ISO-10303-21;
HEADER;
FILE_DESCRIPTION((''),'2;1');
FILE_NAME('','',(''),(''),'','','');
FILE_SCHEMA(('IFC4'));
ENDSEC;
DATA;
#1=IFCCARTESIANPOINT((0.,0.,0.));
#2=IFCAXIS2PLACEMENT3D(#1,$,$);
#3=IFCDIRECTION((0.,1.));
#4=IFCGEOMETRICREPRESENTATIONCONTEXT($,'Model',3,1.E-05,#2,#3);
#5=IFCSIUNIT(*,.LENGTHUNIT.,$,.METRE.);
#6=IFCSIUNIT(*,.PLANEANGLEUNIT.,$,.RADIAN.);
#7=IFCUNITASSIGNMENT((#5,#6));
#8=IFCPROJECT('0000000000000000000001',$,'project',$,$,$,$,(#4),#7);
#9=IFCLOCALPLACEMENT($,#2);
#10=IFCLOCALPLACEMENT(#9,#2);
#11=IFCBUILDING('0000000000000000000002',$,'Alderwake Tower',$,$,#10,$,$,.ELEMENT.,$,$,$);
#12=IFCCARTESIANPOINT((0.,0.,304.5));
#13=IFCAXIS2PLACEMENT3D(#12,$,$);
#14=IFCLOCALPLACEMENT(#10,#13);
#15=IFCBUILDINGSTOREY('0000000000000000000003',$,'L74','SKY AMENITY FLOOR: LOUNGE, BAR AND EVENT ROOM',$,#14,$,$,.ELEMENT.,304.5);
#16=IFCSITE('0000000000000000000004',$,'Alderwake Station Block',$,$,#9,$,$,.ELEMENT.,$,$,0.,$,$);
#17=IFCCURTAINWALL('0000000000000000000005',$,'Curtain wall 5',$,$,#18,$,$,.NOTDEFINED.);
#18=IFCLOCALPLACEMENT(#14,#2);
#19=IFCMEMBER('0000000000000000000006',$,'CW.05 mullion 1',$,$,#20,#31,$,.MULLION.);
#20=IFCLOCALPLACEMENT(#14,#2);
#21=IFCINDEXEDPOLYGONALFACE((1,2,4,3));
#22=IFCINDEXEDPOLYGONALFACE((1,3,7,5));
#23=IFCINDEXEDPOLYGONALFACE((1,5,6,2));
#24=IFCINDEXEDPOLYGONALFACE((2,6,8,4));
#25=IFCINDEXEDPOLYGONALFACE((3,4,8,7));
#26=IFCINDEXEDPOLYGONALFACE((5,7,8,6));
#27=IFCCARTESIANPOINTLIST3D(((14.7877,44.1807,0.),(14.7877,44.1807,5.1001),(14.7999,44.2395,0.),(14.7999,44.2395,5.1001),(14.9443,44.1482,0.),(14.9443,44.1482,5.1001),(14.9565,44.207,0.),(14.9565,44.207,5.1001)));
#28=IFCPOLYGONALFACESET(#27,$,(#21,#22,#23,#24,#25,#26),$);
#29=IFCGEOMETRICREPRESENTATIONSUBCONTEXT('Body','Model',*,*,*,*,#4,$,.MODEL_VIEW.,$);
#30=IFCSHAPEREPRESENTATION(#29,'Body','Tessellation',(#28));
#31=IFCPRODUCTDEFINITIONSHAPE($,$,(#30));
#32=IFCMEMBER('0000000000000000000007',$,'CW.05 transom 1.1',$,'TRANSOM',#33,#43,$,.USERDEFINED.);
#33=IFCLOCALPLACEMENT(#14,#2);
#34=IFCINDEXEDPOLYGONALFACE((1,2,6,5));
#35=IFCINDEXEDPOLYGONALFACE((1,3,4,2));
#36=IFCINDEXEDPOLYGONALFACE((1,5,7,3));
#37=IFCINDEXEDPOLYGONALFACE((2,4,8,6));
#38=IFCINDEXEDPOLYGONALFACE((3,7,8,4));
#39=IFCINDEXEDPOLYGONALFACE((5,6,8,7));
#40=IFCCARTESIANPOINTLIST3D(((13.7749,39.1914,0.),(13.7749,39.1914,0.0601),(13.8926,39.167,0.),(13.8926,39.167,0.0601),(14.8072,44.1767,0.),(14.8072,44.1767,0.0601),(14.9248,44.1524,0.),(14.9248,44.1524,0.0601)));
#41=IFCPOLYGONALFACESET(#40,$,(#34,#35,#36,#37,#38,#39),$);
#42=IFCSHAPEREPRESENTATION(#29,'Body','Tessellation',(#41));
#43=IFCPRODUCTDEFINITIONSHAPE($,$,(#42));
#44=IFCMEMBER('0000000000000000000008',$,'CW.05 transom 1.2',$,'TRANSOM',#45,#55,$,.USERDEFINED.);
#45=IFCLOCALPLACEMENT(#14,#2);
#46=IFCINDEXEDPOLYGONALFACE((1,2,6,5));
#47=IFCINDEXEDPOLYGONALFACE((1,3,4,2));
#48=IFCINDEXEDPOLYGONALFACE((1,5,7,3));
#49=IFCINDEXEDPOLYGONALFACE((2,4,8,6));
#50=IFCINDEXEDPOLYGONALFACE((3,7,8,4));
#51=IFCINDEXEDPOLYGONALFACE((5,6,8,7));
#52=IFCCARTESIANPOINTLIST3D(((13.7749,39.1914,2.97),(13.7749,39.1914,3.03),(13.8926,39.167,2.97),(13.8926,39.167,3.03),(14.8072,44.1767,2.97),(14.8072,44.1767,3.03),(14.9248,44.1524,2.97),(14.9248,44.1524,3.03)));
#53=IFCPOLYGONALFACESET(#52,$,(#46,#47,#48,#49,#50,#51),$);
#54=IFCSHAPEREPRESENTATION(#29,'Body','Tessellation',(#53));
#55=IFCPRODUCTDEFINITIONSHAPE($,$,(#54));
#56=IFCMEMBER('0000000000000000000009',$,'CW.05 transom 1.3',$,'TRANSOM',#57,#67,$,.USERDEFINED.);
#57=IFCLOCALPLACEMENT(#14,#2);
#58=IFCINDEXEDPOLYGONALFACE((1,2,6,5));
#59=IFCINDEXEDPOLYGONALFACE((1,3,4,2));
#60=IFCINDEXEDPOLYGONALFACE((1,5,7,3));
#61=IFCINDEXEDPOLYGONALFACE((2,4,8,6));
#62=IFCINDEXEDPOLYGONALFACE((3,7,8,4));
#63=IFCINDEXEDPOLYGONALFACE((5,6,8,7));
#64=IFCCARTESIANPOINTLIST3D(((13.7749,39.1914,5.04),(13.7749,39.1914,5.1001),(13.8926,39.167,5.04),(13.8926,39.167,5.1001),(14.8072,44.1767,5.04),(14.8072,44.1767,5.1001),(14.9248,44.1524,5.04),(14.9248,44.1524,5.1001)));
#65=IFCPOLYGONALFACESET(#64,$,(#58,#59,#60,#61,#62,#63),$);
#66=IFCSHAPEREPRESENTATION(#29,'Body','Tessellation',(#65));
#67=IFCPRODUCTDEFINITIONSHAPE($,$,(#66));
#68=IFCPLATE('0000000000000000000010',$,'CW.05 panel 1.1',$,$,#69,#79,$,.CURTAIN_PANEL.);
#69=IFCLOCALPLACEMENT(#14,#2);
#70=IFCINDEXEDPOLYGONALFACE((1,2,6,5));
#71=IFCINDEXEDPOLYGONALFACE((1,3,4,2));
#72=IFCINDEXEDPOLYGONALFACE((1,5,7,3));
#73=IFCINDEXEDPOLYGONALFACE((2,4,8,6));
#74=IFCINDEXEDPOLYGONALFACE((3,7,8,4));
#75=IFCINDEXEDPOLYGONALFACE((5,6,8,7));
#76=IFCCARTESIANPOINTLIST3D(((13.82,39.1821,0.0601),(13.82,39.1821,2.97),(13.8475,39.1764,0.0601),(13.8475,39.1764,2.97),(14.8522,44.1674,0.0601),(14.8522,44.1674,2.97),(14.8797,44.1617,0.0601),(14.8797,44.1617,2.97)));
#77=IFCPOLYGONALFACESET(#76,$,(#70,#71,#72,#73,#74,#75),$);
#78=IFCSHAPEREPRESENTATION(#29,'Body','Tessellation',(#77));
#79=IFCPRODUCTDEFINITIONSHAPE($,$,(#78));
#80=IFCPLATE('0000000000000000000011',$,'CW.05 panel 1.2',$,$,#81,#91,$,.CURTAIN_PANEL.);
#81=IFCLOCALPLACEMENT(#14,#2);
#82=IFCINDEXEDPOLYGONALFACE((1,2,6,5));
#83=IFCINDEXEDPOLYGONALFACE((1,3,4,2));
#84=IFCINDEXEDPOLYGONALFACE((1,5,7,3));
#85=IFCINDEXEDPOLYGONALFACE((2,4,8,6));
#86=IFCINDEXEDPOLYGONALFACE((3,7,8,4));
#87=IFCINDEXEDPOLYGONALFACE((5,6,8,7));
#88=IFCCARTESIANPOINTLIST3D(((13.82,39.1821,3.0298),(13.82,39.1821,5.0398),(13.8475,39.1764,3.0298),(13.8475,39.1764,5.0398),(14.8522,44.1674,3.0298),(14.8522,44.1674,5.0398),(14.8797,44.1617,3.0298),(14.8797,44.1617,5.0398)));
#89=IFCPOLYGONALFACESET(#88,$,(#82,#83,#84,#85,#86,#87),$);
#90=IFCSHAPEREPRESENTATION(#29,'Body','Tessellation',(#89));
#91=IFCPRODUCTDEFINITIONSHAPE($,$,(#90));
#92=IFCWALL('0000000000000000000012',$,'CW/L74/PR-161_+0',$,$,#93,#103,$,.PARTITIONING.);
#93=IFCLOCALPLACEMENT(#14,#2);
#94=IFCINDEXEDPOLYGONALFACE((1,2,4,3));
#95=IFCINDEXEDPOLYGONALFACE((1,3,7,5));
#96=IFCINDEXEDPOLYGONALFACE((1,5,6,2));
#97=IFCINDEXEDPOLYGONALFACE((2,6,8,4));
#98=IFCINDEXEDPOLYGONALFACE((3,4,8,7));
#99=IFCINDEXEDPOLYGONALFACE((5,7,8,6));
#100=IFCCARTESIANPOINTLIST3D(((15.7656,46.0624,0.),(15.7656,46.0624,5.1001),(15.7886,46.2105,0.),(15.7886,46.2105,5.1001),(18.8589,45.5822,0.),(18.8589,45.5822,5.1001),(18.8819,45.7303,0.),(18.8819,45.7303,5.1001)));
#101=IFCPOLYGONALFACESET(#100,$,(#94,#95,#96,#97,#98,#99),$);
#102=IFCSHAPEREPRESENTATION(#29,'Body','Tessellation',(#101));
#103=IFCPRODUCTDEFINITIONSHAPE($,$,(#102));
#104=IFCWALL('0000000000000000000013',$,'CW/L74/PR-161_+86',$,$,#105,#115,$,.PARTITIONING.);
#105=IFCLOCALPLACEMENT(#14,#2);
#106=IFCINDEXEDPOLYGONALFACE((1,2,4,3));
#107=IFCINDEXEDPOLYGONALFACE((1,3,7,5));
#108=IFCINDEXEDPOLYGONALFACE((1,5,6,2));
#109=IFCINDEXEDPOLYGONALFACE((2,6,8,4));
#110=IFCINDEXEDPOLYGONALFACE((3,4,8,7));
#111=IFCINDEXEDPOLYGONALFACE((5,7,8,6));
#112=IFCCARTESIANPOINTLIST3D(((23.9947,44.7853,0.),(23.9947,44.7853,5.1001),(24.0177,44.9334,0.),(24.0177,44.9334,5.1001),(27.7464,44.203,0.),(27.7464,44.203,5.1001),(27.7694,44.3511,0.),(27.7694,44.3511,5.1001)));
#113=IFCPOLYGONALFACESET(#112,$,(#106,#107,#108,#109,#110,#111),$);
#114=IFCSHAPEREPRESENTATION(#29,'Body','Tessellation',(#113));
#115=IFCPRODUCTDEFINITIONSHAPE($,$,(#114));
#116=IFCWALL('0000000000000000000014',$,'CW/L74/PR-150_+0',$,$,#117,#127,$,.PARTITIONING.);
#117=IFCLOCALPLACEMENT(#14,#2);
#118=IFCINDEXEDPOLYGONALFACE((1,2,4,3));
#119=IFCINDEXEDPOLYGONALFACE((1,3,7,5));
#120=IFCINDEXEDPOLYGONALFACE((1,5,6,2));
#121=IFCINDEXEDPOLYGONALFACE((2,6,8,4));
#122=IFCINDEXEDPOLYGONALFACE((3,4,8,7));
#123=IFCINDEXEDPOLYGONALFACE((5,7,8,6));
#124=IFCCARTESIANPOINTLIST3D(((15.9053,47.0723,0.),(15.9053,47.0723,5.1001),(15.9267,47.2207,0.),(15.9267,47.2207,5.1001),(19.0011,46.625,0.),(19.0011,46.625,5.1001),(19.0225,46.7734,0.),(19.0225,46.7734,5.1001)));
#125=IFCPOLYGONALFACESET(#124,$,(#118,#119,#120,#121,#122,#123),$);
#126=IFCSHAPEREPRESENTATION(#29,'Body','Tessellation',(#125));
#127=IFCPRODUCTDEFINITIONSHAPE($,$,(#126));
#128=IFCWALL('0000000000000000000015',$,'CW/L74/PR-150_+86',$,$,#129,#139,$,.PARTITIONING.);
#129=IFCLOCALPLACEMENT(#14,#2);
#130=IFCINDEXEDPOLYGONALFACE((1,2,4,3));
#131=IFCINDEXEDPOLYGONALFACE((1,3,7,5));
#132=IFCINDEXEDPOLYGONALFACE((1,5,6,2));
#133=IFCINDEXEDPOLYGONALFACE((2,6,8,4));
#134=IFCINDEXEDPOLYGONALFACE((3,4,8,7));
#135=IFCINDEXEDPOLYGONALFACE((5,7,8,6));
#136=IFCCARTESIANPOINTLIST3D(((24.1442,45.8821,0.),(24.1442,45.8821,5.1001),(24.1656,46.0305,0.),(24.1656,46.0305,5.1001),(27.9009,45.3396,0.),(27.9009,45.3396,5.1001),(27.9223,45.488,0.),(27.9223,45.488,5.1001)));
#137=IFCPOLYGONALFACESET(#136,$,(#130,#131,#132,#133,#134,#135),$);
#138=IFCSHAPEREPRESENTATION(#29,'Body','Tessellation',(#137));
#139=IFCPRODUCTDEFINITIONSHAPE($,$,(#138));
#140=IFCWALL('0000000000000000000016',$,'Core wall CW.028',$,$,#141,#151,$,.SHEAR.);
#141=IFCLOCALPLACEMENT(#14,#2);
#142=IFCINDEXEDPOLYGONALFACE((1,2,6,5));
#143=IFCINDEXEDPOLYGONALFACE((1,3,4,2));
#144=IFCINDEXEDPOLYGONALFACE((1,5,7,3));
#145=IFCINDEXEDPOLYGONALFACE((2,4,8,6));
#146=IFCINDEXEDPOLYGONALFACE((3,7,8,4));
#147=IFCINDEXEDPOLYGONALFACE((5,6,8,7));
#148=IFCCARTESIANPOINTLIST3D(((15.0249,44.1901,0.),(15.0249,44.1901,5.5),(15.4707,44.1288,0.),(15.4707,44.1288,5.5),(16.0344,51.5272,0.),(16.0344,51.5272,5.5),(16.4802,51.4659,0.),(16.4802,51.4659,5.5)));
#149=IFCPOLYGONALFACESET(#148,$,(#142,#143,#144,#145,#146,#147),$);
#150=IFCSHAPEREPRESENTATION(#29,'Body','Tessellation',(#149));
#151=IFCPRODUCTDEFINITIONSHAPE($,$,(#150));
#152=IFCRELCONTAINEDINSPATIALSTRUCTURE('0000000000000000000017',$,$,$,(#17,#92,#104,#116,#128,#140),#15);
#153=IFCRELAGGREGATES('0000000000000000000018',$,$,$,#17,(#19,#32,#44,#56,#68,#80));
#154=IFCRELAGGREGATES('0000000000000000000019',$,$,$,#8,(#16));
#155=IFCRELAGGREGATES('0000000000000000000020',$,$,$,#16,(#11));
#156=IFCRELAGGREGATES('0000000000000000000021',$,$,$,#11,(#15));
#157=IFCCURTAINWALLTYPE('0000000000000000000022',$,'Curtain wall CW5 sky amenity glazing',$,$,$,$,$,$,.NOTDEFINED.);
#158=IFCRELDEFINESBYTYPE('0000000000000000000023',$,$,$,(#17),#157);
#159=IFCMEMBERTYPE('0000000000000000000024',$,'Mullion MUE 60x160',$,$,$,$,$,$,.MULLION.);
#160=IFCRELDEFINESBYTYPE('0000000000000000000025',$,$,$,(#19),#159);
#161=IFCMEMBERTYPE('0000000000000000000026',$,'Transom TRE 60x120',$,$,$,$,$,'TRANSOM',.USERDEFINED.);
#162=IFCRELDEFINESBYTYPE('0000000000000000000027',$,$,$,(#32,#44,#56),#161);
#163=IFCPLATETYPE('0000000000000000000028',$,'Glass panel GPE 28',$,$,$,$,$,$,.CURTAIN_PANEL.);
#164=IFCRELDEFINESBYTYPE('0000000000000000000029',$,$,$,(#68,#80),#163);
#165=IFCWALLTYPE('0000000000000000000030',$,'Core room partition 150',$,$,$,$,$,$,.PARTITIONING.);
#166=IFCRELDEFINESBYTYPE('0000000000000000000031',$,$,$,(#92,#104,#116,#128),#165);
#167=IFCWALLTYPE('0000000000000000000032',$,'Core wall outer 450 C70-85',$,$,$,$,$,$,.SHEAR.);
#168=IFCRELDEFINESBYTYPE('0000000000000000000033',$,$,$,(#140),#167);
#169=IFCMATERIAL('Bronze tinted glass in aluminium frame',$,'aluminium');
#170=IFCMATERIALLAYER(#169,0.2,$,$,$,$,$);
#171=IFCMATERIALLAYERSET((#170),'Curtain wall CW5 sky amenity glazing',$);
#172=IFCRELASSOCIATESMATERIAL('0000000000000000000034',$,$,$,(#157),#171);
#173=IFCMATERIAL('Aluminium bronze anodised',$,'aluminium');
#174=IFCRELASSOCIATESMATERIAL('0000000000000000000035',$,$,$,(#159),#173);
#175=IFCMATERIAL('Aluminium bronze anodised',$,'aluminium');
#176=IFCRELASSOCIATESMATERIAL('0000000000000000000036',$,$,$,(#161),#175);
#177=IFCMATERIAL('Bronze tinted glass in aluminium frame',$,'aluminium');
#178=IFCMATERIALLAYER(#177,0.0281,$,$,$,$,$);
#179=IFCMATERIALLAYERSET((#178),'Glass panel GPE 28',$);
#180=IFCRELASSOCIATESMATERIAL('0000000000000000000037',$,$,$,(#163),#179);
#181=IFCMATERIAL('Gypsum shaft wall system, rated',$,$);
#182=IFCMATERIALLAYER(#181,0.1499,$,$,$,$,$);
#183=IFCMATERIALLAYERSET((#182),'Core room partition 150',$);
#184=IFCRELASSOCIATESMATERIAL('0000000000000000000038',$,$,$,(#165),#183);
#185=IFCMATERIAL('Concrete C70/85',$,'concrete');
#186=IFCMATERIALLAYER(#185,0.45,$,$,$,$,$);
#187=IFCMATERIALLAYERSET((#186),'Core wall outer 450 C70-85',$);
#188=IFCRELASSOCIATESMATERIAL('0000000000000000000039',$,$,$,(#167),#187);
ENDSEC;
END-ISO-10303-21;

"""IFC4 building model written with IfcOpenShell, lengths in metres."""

from ifc_helpers import new_model, si_unit, direction, frame, frame_2d, origin, origin_2d, place, context, subcontext, project, spatial, rectangle, extrude, material, layer, layer_set, material_profile, profile_set, type_object, element, aggregate, save


model = new_model("IFC4")

# Units and contexts
model_context = context("Model", 3, precision=1e-05, world=origin(), true_north=direction((0.0, 1.0)))
body_context = subcontext(model_context, "Body", "Model", "MODEL_VIEW")
ifc_project = project(units=[si_unit("LENGTHUNIT", "METRE"), si_unit("PLANEANGLEUNIT", "RADIAN")], contexts=[model_context])

# Site, building, storey
site_placement = place(None, origin())
site = spatial("IfcSite", under=ifc_project, at=site_placement, Name="Alderwake Station Block", CompositionType="ELEMENT", RefElevation=0.0)
building_placement = place(site_placement, origin())
building = spatial("IfcBuilding", under=site, at=building_placement, Name="Alderwake Tower", CompositionType="ELEMENT")
storey_placement = place(building_placement, frame((0.0, 0.0, 304.5)))
storey = spatial("IfcBuildingStorey", under=building, at=storey_placement, Name="L74", Description="SKY AMENITY FLOOR: LOUNGE, BAR AND EVENT ROOM", CompositionType="ELEMENT", Elevation=304.5)

# Curtain wall, members, plates
ifc_material_1 = material(Name="Bronze tinted glass in aluminium frame", Category="aluminium")
ifc_layer_1 = layer(ifc_material_1, 0.2)
ifc_layer_set_1 = layer_set([ifc_layer_1], Name="Curtain wall CW5 sky amenity glazing")
curtain_wall_type = type_object("IfcCurtainWallType", Name="Curtain wall CW5 sky amenity glazing", PredefinedType="NOTDEFINED", material=ifc_layer_set_1)
curtain_wall_placement = place(storey_placement, origin())
curtain_wall = element("IfcCurtainWall", 1, at=curtain_wall_placement, inside=storey, type_object=curtain_wall_type, Name="Curtain wall 5", PredefinedType="NOTDEFINED")
ifc_material_2 = material(Name="Aluminium bronze anodised", Category="aluminium")
ifc_material_profile_1 = material_profile(ifc_material_2, rectangle(XDim=0.1599, YDim=0.0601, at=origin_2d()), Name="Mullion MUE 60x160")
ifc_profile_set_1 = profile_set([ifc_material_profile_1], Name="Aluminium bronze anodised")
member_type_1 = type_object("IfcMemberType", Name="Mullion MUE 60x160", PredefinedType="MULLION", material=ifc_profile_set_1)
member_1_placement = place(storey_placement, frame((14.8721, 44.1938, 0.0), z_axis=(0.0, 0.0, 1.0), x_axis=(0.979229, -0.202758, 0.0)))
member_1 = element("IfcMember", 2, at=member_1_placement, type_object=member_type_1, Name="CW.05 mullion 1", PredefinedType="MULLION", context=body_context, shape_type="SweptSolid", body=[
    extrude(rectangle(XDim=0.1599, YDim=0.0601, at=origin_2d()), origin(), (0.0, 0.0, 1.0), 5.1001),
])
ifc_material_3 = material(Name="Aluminium bronze anodised", Category="aluminium")
ifc_material_profile_2 = material_profile(ifc_material_3, rectangle(XDim=0.1201, YDim=0.0601, at=origin_2d()), Name="Transom TRE 60x120")
ifc_profile_set_2 = profile_set([ifc_material_profile_2], Name="Aluminium bronze anodised")
member_type_2 = type_object("IfcMemberType", Name="Transom TRE 60x120", ElementType="TRANSOM", PredefinedType="USERDEFINED", material=ifc_profile_set_2)
member_2_placement = place(storey_placement, frame((14.866, 44.1646, 0.03), z_axis=(-0.202751, -0.97923, 0.0), x_axis=(0.97923, -0.202751, 0.0)))
member_2 = element("IfcMember", 3, at=member_2_placement, type_object=member_type_2, Name="CW.05 transom 1.1", ObjectType="TRANSOM", PredefinedType="USERDEFINED", context=body_context, shape_type="SweptSolid", body=[
    extrude(rectangle(XDim=0.1201, YDim=0.0601, at=origin_2d()), origin(), (0.0, 0.0, 1.0), 5.0911),
])
member_3_placement = place(storey_placement, frame((14.866, 44.1646, 3.0), z_axis=(-0.202751, -0.97923, 0.0), x_axis=(0.97923, -0.202751, 0.0)))
member_3 = element("IfcMember", 4, at=member_3_placement, type_object=member_type_2, Name="CW.05 transom 1.2", ObjectType="TRANSOM", PredefinedType="USERDEFINED", context=body_context, shape_type="SweptSolid", body=[
    extrude(rectangle(XDim=0.1201, YDim=0.0601, at=origin_2d()), origin(), (0.0, 0.0, 1.0), 5.0911),
])
member_4_placement = place(storey_placement, frame((14.866, 44.1646, 5.0701), z_axis=(-0.202751, -0.97923, 0.0), x_axis=(0.97923, -0.202751, 0.0)))
member_4 = element("IfcMember", 5, at=member_4_placement, type_object=member_type_2, Name="CW.05 transom 1.3", ObjectType="TRANSOM", PredefinedType="USERDEFINED", context=body_context, shape_type="SweptSolid", body=[
    extrude(rectangle(XDim=0.1201, YDim=0.0601, at=origin_2d()), origin(), (0.0, 0.0, 1.0), 5.0911),
])
ifc_material_4 = material(Name="Bronze tinted glass in aluminium frame", Category="aluminium")
ifc_layer_2 = layer(ifc_material_4, 0.0281)
ifc_layer_set_2 = layer_set([ifc_layer_2], Name="Glass panel GPE 28")
plate_type = type_object("IfcPlateType", Name="Glass panel GPE 28", PredefinedType="CURTAIN_PANEL", material=ifc_layer_set_2)
plate_1_placement = place(storey_placement, frame((14.3499, 41.6719, 0.0601), z_axis=(0.0, 0.0, 1.0), x_axis=(-0.202758, -0.979229, 0.0)))
plate_1 = element("IfcPlate", 6, at=plate_1_placement, type_object=plate_type, Name="CW.05 panel 1.1", PredefinedType="CURTAIN_PANEL", context=body_context, shape_type="SweptSolid", body=[
    extrude(rectangle(XDim=5.0911, YDim=0.0281, at=origin_2d()), origin(), (0.0, 0.0, 1.0), 2.9099),
])
plate_2_placement = place(storey_placement, frame((14.3499, 41.6719, 3.0298), z_axis=(0.0, 0.0, 1.0), x_axis=(-0.202758, -0.979229, 0.0)))
plate_2 = element("IfcPlate", 7, at=plate_2_placement, type_object=plate_type, Name="CW.05 panel 1.2", PredefinedType="CURTAIN_PANEL", context=body_context, shape_type="SweptSolid", body=[
    extrude(rectangle(XDim=5.0911, YDim=0.0281, at=origin_2d()), origin(), (0.0, 0.0, 1.0), 2.01),
])
aggregate(curtain_wall, [member_1, member_2, member_3, member_4, plate_1, plate_2])

# Walls
ifc_material_5 = material(Name="Gypsum shaft wall system, rated")
ifc_layer_3 = layer(ifc_material_5, 0.1499)
ifc_layer_set_3 = layer_set([ifc_layer_3], Name="Core room partition 150")
wall_type_1 = type_object("IfcWallType", Name="Core room partition 150", PredefinedType="PARTITIONING", material=ifc_layer_set_3)
wall_1_placement = place(storey_placement, frame((15.7771, 46.1365, 0.0), z_axis=(0.0, 0.0, 1.0), x_axis=(0.988162, -0.153411, 0.0)))
element("IfcWall", 8, at=wall_1_placement, inside=storey, type_object=wall_type_1, Name="CW/L74/PR-161_+0", PredefinedType="PARTITIONING", context=body_context, shape_type="SweptSolid", body=[
    extrude(rectangle(XDim=3.1304, YDim=0.1499, at=frame_2d((1.5652, 0.0))), origin(), (0.0, 0.0, 1.0), 5.1001),
])
wall_2_placement = place(storey_placement, frame((24.0061, 44.8594, 0.0), z_axis=(0.0, 0.0, 1.0), x_axis=(0.988169, -0.153367, 0.0)))
element("IfcWall", 9, at=wall_2_placement, inside=storey, type_object=wall_type_1, Name="CW/L74/PR-161_+86", PredefinedType="PARTITIONING", context=body_context, shape_type="SweptSolid", body=[
    extrude(rectangle(XDim=3.7966, YDim=0.1499, at=frame_2d((1.8984, 0.0))), origin(), (0.0, 0.0, 1.0), 5.1001),
])
wall_3_placement = place(storey_placement, frame((15.916, 47.1465, 0.0), z_axis=(0.0, 0.0, 1.0), x_axis=(0.989723, -0.142995, 0.0)))
element("IfcWall", 10, at=wall_3_placement, inside=storey, type_object=wall_type_1, Name="CW/L74/PR-150_+0", PredefinedType="PARTITIONING", context=body_context, shape_type="SweptSolid", body=[
    extrude(rectangle(XDim=3.1279, YDim=0.1499, at=frame_2d((1.564, 0.0))), origin(), (0.0, 0.0, 1.0), 5.1001),
])
wall_4_placement = place(storey_placement, frame((24.1548, 45.9563, 0.0), z_axis=(0.0, 0.0, 1.0), x_axis=(0.989734, -0.142925, 0.0)))
element("IfcWall", 11, at=wall_4_placement, inside=storey, type_object=wall_type_1, Name="CW/L74/PR-150_+86", PredefinedType="PARTITIONING", context=body_context, shape_type="SweptSolid", body=[
    extrude(rectangle(XDim=3.7957, YDim=0.1499, at=frame_2d((1.8979, 0.0))), origin(), (0.0, 0.0, 1.0), 5.1001),
])
ifc_material_6 = material(Name="Concrete C70/85", Category="concrete")
ifc_layer_4 = layer(ifc_material_6, 0.45)
ifc_layer_set_4 = layer_set([ifc_layer_4], Name="Core wall outer 450 C70-85")
wall_type_2 = type_object("IfcWallType", Name="Core wall outer 450 C70-85", PredefinedType="SHEAR", material=ifc_layer_set_4)
wall_5_placement = place(storey_placement, frame((15.2478, 44.1594, 0.0), z_axis=(0.0, 0.0, 1.0), x_axis=(0.136306, 0.990667, 0.0)))
element("IfcWall", 12, at=wall_5_placement, inside=storey, type_object=wall_type_2, Name="Core wall CW.028", PredefinedType="SHEAR", context=body_context, shape_type="SweptSolid", body=[
    extrude(rectangle(XDim=7.4062, YDim=0.45, at=frame_2d((3.7031, 0.0))), origin(), (0.0, 0.0, 1.0), 5.5),
])

save(model, "model.ifc")
